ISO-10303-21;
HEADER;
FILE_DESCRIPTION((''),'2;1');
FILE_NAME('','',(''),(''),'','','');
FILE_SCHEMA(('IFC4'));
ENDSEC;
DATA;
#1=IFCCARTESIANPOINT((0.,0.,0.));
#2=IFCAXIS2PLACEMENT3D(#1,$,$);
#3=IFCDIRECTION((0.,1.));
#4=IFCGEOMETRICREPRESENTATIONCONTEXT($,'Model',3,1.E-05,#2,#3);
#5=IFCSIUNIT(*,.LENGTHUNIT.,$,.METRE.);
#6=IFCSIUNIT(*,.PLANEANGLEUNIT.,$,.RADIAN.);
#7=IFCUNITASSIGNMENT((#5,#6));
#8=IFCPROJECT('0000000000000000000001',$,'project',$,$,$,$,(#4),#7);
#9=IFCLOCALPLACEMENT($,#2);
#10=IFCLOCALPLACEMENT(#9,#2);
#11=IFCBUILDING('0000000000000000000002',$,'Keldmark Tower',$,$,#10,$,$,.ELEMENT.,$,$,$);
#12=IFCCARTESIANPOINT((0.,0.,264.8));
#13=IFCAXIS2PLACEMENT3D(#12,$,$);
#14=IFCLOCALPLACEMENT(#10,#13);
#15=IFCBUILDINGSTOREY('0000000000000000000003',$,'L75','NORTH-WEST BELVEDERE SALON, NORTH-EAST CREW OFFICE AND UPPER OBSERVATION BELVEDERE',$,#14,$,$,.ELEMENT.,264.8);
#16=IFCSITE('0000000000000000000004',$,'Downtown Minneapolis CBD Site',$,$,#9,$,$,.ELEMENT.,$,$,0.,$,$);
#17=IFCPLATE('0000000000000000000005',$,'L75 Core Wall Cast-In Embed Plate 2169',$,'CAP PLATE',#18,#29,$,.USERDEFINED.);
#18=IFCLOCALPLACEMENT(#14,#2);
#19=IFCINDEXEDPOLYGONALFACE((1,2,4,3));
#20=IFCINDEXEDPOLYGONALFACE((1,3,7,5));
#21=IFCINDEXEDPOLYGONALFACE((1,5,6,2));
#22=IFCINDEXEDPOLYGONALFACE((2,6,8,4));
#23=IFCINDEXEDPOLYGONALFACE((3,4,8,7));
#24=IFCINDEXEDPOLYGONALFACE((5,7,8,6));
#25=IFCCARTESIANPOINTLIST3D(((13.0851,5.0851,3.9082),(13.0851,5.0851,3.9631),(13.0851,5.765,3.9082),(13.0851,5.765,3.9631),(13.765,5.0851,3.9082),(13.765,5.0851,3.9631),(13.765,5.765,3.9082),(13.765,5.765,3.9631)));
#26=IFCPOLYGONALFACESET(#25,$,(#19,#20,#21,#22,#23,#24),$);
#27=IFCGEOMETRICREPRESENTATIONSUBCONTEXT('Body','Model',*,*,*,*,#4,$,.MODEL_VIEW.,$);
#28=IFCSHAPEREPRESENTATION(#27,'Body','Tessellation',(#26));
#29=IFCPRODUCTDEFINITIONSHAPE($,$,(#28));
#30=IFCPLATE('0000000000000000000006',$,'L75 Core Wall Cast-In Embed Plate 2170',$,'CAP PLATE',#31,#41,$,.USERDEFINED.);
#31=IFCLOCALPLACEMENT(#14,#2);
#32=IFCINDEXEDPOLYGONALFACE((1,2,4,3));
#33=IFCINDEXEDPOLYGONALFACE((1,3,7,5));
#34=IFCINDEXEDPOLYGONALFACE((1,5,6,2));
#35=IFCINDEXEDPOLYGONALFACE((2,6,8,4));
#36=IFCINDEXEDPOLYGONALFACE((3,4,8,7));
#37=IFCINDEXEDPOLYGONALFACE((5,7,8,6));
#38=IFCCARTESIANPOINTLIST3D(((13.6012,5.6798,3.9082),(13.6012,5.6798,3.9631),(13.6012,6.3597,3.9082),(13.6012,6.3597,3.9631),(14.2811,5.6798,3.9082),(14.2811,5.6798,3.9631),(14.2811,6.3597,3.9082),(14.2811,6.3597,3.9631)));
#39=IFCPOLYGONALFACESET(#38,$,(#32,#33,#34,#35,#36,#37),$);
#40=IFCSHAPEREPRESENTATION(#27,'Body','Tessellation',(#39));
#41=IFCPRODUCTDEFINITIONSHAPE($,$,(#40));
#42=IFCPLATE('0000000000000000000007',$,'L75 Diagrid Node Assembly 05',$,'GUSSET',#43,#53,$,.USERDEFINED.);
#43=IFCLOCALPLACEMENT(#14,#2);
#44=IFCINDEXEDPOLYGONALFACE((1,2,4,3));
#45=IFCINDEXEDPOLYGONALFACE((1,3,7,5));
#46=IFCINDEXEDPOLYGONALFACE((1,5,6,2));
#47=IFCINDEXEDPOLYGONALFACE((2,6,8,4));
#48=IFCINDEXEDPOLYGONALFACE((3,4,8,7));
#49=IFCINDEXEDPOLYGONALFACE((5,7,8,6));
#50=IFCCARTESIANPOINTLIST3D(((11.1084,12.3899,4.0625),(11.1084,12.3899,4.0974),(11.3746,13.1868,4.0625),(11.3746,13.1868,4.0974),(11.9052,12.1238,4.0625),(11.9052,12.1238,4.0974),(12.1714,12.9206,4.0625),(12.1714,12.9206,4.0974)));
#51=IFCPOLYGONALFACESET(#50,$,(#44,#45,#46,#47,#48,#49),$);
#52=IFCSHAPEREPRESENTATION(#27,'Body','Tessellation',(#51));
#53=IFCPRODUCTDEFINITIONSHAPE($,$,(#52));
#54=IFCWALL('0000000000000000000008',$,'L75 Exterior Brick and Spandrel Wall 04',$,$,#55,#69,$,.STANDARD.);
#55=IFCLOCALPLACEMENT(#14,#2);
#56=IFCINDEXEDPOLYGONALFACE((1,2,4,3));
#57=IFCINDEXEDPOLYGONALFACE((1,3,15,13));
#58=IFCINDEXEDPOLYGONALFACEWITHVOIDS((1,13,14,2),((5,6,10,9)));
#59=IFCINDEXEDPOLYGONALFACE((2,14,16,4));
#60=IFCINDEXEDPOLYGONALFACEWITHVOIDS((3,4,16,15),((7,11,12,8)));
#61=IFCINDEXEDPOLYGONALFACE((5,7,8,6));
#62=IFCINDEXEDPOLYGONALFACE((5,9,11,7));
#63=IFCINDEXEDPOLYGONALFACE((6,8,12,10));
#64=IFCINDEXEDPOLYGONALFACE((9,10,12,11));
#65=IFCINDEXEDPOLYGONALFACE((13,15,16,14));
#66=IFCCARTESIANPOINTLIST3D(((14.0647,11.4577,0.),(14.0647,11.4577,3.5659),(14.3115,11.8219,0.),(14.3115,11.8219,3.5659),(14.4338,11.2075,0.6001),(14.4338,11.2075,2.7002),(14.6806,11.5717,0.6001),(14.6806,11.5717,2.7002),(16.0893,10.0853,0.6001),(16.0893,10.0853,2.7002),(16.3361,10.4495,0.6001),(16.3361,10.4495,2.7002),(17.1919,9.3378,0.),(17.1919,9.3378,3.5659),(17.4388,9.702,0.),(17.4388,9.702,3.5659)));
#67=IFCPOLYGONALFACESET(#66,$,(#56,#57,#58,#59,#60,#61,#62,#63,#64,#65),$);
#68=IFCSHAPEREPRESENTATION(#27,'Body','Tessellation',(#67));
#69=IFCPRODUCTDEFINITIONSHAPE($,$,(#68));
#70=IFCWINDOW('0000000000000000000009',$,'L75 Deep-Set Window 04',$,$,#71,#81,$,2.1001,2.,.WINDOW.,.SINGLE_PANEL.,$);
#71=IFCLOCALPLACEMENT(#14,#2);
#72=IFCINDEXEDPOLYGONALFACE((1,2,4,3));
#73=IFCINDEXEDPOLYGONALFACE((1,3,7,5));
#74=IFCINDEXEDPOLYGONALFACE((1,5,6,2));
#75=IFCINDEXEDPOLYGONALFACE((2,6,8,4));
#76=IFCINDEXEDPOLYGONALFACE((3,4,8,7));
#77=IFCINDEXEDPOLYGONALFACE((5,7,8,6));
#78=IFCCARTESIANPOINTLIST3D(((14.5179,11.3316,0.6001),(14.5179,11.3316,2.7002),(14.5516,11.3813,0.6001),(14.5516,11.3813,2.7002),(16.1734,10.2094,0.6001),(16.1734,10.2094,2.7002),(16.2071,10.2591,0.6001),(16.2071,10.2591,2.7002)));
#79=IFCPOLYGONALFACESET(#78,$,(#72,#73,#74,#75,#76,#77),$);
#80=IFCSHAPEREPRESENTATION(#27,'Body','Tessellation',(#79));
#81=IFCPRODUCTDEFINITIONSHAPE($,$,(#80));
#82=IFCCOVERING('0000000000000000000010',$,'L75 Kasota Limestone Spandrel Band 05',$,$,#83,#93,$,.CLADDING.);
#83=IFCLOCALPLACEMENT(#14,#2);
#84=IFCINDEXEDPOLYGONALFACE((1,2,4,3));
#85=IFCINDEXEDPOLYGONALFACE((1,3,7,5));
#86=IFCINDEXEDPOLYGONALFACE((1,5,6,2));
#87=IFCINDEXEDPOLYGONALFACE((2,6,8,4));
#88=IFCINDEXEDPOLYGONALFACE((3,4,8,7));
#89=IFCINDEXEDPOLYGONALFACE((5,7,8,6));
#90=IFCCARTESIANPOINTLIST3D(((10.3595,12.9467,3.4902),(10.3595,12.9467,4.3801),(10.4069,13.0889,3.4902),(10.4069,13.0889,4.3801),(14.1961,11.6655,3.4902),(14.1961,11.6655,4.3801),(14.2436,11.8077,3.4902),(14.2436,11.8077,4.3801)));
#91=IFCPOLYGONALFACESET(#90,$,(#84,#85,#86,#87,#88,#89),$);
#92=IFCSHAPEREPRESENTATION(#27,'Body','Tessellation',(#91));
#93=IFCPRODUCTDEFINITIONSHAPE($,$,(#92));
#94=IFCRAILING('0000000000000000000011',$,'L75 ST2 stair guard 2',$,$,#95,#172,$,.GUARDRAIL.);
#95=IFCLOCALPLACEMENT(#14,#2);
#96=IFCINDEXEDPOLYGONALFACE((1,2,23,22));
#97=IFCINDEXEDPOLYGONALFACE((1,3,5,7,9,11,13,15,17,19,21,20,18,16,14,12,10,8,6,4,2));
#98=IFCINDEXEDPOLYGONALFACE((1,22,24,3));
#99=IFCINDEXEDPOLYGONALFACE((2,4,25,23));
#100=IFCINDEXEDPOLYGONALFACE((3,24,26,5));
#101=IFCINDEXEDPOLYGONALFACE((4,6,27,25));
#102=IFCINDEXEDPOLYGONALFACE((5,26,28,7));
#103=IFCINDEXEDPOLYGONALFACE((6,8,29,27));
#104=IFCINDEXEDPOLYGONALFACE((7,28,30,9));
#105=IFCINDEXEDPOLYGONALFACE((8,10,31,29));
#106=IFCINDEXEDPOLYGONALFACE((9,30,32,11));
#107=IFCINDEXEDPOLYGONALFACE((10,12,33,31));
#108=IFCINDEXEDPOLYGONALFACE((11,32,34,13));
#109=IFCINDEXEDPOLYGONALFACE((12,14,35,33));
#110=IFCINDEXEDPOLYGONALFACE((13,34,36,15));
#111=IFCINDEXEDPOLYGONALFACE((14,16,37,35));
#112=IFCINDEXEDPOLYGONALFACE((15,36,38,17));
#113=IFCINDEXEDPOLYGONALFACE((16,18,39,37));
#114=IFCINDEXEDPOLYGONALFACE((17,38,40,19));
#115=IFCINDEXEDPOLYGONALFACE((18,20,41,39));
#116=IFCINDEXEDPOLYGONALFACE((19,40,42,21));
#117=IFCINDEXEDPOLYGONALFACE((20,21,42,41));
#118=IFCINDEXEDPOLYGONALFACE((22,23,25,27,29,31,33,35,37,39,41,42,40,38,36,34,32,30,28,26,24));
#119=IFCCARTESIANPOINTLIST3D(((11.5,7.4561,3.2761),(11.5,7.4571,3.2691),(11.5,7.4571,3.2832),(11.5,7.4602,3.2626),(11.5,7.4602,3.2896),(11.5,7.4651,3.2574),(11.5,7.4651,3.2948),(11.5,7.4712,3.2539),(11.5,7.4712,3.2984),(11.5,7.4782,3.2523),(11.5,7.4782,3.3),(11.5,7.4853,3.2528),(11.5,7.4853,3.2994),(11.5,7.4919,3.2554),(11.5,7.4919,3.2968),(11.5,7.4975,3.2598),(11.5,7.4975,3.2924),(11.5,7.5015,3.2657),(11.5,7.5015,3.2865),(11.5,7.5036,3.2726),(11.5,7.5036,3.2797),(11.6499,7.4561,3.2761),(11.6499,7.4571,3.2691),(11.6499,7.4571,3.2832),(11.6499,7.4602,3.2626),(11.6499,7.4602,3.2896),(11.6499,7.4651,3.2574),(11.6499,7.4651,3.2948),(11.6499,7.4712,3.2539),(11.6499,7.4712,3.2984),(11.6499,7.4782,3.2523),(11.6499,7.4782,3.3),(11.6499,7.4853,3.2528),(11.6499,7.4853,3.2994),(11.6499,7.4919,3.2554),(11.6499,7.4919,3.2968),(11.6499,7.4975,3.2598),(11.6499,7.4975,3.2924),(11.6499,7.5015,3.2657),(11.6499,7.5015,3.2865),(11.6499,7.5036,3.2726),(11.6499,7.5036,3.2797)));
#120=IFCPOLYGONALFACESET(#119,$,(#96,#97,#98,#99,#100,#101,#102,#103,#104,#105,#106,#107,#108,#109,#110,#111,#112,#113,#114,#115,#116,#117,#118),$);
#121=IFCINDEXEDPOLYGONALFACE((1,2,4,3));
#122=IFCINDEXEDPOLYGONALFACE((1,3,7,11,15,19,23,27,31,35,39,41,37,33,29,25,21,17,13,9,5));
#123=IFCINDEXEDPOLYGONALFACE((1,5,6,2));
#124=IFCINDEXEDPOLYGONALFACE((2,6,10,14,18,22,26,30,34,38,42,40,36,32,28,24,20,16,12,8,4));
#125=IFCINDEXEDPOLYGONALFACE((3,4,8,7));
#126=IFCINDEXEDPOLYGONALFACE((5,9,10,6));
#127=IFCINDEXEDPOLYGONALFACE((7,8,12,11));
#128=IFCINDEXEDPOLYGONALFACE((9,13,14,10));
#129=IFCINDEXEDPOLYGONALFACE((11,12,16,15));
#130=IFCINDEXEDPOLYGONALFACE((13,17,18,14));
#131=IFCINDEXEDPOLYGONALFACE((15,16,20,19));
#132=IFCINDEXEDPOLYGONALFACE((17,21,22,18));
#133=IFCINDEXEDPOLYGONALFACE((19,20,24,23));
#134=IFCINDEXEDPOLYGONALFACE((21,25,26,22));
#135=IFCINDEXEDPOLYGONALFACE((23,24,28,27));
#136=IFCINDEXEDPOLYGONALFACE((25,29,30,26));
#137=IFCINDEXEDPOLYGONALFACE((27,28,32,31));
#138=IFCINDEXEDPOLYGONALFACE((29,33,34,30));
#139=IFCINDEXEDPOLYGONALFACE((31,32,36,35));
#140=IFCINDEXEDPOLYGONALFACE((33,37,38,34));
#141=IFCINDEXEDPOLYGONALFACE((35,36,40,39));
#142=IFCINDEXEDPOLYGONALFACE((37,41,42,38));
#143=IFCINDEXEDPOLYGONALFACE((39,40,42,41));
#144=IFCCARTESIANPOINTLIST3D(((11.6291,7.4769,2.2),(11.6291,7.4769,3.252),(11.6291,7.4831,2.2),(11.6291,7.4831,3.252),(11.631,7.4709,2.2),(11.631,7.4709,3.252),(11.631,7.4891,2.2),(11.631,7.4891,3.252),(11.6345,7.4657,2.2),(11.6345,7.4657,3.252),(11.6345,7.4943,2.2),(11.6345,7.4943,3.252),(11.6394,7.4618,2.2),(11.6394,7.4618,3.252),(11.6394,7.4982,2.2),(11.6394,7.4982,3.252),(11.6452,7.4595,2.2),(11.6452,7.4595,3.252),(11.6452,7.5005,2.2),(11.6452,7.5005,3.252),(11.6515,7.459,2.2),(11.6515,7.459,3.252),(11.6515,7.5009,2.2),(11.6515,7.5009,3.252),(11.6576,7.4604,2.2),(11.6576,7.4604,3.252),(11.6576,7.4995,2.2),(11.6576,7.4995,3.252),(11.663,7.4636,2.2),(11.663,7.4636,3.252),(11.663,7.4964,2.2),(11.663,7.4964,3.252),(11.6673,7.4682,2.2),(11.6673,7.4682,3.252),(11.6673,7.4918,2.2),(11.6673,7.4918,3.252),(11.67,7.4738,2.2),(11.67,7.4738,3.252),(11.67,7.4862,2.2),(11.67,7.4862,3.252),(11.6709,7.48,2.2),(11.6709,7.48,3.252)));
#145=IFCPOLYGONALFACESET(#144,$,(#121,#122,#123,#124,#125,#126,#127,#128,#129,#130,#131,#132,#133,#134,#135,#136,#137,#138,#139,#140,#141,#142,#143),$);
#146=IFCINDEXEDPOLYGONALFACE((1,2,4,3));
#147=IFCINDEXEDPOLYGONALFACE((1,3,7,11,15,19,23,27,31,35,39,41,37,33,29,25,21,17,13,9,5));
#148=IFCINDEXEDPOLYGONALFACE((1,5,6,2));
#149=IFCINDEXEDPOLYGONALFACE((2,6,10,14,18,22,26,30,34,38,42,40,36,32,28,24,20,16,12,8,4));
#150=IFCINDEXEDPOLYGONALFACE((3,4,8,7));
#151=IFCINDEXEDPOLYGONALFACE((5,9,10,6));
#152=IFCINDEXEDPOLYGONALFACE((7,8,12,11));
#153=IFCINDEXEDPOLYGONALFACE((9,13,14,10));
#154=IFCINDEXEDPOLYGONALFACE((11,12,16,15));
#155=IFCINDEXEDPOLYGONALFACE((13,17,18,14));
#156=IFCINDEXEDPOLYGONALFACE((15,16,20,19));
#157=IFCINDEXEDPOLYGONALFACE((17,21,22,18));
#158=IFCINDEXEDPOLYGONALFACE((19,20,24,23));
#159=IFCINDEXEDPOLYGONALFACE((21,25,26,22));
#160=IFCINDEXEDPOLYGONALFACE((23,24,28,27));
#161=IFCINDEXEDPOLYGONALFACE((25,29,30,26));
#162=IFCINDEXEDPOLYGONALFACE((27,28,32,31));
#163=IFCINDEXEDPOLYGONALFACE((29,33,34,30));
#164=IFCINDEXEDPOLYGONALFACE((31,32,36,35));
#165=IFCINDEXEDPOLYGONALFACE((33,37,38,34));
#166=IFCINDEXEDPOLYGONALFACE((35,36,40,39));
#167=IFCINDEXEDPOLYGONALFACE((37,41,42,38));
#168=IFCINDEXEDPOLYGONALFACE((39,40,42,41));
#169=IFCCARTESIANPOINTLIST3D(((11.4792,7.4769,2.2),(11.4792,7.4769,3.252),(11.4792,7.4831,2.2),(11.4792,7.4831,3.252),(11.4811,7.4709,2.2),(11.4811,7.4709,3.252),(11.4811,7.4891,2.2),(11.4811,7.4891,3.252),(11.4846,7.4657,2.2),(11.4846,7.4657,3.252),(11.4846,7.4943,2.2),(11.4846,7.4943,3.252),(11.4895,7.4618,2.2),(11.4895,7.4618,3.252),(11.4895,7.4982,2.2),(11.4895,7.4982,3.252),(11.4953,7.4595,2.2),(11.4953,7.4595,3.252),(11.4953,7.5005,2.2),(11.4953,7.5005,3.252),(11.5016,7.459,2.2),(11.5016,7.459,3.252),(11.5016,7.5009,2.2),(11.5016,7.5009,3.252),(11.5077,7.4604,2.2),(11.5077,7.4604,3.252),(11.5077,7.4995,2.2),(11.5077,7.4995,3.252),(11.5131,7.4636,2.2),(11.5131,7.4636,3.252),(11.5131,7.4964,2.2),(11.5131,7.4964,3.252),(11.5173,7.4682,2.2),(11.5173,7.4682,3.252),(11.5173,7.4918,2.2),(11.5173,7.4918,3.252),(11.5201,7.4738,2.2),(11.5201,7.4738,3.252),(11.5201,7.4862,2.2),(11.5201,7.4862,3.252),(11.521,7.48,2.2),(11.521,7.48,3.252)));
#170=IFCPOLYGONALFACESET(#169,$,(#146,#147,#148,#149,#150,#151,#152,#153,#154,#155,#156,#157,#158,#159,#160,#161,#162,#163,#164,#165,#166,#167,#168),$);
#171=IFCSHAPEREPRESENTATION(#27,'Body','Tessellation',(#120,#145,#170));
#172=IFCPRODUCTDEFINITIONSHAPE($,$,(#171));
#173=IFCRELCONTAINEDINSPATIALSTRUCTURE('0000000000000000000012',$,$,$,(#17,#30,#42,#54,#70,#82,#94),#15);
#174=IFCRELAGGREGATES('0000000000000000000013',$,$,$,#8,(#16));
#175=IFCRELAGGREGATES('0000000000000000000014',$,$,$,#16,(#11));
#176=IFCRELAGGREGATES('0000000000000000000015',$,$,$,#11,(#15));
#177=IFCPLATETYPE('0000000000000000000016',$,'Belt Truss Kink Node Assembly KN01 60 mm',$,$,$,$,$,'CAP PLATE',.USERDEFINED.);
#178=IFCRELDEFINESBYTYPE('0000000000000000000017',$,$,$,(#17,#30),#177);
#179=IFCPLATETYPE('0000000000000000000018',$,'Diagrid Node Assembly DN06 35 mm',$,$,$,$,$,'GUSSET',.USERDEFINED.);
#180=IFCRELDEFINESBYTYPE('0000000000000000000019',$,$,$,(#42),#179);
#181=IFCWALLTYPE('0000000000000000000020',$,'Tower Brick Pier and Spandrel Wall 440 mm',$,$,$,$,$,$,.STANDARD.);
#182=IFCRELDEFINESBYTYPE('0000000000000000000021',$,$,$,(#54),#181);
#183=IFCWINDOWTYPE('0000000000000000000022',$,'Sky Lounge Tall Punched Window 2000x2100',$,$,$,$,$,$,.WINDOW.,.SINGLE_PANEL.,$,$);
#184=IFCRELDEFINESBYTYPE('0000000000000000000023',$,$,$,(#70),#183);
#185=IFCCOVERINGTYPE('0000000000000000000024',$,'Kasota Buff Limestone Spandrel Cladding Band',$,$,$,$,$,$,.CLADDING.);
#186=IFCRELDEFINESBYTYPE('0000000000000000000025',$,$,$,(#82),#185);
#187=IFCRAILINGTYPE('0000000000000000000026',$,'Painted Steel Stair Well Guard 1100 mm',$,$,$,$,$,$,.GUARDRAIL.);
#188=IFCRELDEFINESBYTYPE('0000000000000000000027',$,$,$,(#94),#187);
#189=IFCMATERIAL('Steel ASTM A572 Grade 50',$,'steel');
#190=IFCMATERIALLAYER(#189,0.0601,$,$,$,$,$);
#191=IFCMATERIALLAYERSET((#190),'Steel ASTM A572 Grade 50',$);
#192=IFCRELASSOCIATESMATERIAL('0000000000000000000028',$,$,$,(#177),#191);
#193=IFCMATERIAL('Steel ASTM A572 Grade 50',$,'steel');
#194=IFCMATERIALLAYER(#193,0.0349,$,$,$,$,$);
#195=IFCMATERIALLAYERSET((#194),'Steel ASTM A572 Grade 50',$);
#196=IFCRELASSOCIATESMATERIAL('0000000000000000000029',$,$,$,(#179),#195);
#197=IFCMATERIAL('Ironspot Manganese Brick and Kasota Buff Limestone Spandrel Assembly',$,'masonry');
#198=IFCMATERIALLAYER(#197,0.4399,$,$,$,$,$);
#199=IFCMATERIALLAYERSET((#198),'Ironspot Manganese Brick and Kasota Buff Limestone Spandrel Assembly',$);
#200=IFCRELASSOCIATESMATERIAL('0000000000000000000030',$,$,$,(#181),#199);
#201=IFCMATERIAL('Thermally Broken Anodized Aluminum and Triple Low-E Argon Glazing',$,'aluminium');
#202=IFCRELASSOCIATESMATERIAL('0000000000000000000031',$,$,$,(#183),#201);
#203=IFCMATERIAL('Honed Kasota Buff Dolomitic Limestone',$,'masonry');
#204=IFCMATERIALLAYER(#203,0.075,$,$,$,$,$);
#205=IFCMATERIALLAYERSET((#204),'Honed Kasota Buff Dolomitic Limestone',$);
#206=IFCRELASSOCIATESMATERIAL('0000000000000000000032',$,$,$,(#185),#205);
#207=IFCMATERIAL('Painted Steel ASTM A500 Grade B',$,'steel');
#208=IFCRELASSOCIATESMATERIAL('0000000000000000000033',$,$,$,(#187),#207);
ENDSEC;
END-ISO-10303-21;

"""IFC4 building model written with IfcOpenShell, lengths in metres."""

from ifc_helpers import new_model, si_unit, direction, frame, frame_2d, origin, origin_2d, place, context, subcontext, project, spatial, rectangle, circle, extrude, material, layer, layer_set, type_object, element, fill, save


model = new_model("IFC4")

# Units and contexts
model_context = context("Model", 3, precision=1e-05, world=origin(), true_north=direction((0.0, 1.0)))
body_context = subcontext(model_context, "Body", "Model", "MODEL_VIEW")
ifc_project = project(units=[si_unit("LENGTHUNIT", "METRE"), si_unit("PLANEANGLEUNIT", "RADIAN")], contexts=[model_context])

# Site, building, storey
site_placement = place(None, origin())
site = spatial("IfcSite", under=ifc_project, at=site_placement, Name="Downtown Minneapolis CBD Site", CompositionType="ELEMENT", RefElevation=0.0)
building_placement = place(site_placement, origin())
building = spatial("IfcBuilding", under=site, at=building_placement, Name="Keldmark Tower", CompositionType="ELEMENT")
storey_placement = place(building_placement, frame((0.0, 0.0, 264.8)))
storey = spatial("IfcBuildingStorey", under=building, at=storey_placement, Name="L75", Description="NORTH-WEST BELVEDERE SALON, NORTH-EAST CREW OFFICE AND UPPER OBSERVATION BELVEDERE", CompositionType="ELEMENT", Elevation=264.8)

# Plates
ifc_material_1 = material(Name="Steel ASTM A572 Grade 50", Category="steel")
ifc_layer_1 = layer(ifc_material_1, 0.0601)
ifc_layer_set_1 = layer_set([ifc_layer_1], Name="Steel ASTM A572 Grade 50")
plate_type_1 = type_object("IfcPlateType", Name="Belt Truss Kink Node Assembly KN01 60 mm", ElementType="CAP PLATE", PredefinedType="USERDEFINED", material=ifc_layer_set_1)
for number, where, z_axis, x_axis, name in (
    (1, (13.425, 5.425, 3.9082), (0.0, 0.0, 1.0), (1.0, 0.0, 0.0), "L75 Core Wall Cast-In Embed Plate 2169"),
    (2, (13.9412, 6.0198, 3.9082), (0.0, 0.0, 1.0), (1.0, 0.0, 0.0), "L75 Core Wall Cast-In Embed Plate 2170"),
):
    element("IfcPlate", number, at=place(storey_placement, frame(where, z_axis=z_axis, x_axis=x_axis)), inside=storey, type_object=plate_type_1, Name=name, ObjectType="CAP PLATE", PredefinedType="USERDEFINED", context=body_context, shape_type="SweptSolid", body=[
        extrude(rectangle(XDim=0.6799, YDim=0.6799, at=origin_2d()), origin(), (0.0, 0.0, 1.0), 0.0549),
    ])
ifc_material_2 = material(Name="Steel ASTM A572 Grade 50", Category="steel")
ifc_layer_2 = layer(ifc_material_2, 0.0349)
ifc_layer_set_2 = layer_set([ifc_layer_2], Name="Steel ASTM A572 Grade 50")
plate_type_2 = type_object("IfcPlateType", Name="Diagrid Node Assembly DN06 35 mm", ElementType="GUSSET", PredefinedType="USERDEFINED", material=ifc_layer_set_2)
plate_placement = place(storey_placement, frame((11.6399, 12.6553, 4.0625), z_axis=(0.0, 0.0, 1.0), x_axis=(-0.94849, 0.316808, 0.0)))
element("IfcPlate", 3, at=plate_placement, inside=storey, type_object=plate_type_2, Name="L75 Diagrid Node Assembly 05", ObjectType="GUSSET", PredefinedType="USERDEFINED", context=body_context, shape_type="SweptSolid", body=[
    extrude(rectangle(XDim=0.8401, YDim=0.8401, at=origin_2d()), origin(), (0.0, 0.0, 1.0), 0.0349),
])

# Wall, opening, window
ifc_material_3 = material(Name="Ironspot Manganese Brick and Kasota Buff Limestone Spandrel Assembly", Category="masonry")
ifc_layer_3 = layer(ifc_material_3, 0.4399)
ifc_layer_set_3 = layer_set([ifc_layer_3], Name="Ironspot Manganese Brick and Kasota Buff Limestone Spandrel Assembly")
wall_type = type_object("IfcWallType", Name="Tower Brick Pier and Spandrel Wall 440 mm", PredefinedType="STANDARD", material=ifc_layer_set_3)
wall_placement = place(storey_placement, frame((14.188, 11.6399, 0.0), z_axis=(0.0, 0.0, 1.0), x_axis=(0.827741, -0.561111, 0.0)))
wall = element("IfcWall", 4, at=wall_placement, inside=storey, type_object=wall_type, Name="L75 Exterior Brick and Spandrel Wall 04", PredefinedType="STANDARD", context=body_context, shape_type="SweptSolid", body=[
    extrude(rectangle(XDim=3.7781, YDim=0.4399, at=frame_2d((1.8892, 0.0))), origin(), (0.0, 0.0, 1.0), 3.5659),
])
opening_placement = place(wall_placement, frame((0.446, 0.0, 0.6001)))
opening = element("IfcOpeningElement", 5, at=opening_placement, cuts=wall, PredefinedType="OPENING", context=body_context, shape_type="SweptSolid", body=[
    extrude(rectangle(XDim=2.0, YDim=2.1001, at=frame_2d((1.0, 1.05))), frame((0.0, 0.23, 0.0), z_axis=(0.0, -1.0, 0.0), x_axis=(1.0, 0.0, 0.0)), (0.0, 0.0, 1.0), 0.46),
])
ifc_material_4 = material(Name="Thermally Broken Anodized Aluminum and Triple Low-E Argon Glazing", Category="aluminium")
window_type = type_object("IfcWindowType", Name="Sky Lounge Tall Punched Window 2000x2100", PartitioningType="SINGLE_PANEL", PredefinedType="WINDOW", material=ifc_material_4)
window_placement = place(opening_placement, origin())
window = element("IfcWindow", 6, at=window_placement, inside=storey, type_object=window_type, Name="L75 Deep-Set Window 04", OverallHeight=2.1001, OverallWidth=2.0, PartitioningType="SINGLE_PANEL", PredefinedType="WINDOW", context=body_context, shape_type="SweptSolid", body=[
    extrude(rectangle(XDim=2.0, YDim=2.1001, at=frame_2d((1.0, 1.05))), frame((0.0, -0.01, 0.0), z_axis=(0.0, -1.0, 0.0), x_axis=(1.0, 0.0, 0.0)), (0.0, 0.0, 1.0), 0.0601),
])
fill(opening, window)

# Covering
ifc_material_5 = material(Name="Honed Kasota Buff Dolomitic Limestone", Category="masonry")
ifc_layer_4 = layer(ifc_material_5, 0.075)
ifc_layer_set_4 = layer_set([ifc_layer_4], Name="Honed Kasota Buff Dolomitic Limestone")
covering_type = type_object("IfcCoveringType", Name="Kasota Buff Limestone Spandrel Cladding Band", PredefinedType="CLADDING", material=ifc_layer_set_4)
covering_placement = place(storey_placement, frame((12.3015, 12.3772, 3.4902), z_axis=(0.0, 0.0, 1.0), x_axis=(-0.948506, 0.316758, 0.0)))
element("IfcCovering", 7, at=covering_placement, inside=storey, type_object=covering_type, Name="L75 Kasota Limestone Spandrel Band 05", PredefinedType="CLADDING", context=body_context, shape_type="SweptSolid", body=[
    extrude(rectangle(XDim=4.0449, YDim=0.1499, at=origin_2d()), origin(), (0.0, 0.0, 1.0), 0.8899),
])

# Railing
ifc_material_6 = material(Name="Painted Steel ASTM A500 Grade B", Category="steel")
railing_type = type_object("IfcRailingType", Name="Painted Steel Stair Well Guard 1100 mm", PredefinedType="GUARDRAIL", material=ifc_material_6)
railing_1_placement = place(storey_placement, frame((11.6499, 7.48, 2.2)))
element("IfcRailing", 8, at=railing_1_placement, inside=storey, type_object=railing_type, Name="L75 ST2 stair guard 2", PredefinedType="GUARDRAIL", context=body_context, shape_type="SweptSolid", body=[
    extrude(circle(Radius=0.0239, at=origin_2d()), frame((0.0, 0.0, 1.0762), z_axis=(-1.0, 0.0, 0.0), x_axis=(0.0, -1.0, 0.0)), (0.0, 0.0, 1.0), 0.1499),
    extrude(circle(Radius=0.021, at=origin_2d()), origin(), (0.0, 0.0, 1.0), 1.052),
    extrude(circle(Radius=0.021, at=origin_2d()), frame((-0.1499, 0.0, 0.0)), (0.0, 0.0, 1.0), 1.052),
])

save(model, "model.ifc")
